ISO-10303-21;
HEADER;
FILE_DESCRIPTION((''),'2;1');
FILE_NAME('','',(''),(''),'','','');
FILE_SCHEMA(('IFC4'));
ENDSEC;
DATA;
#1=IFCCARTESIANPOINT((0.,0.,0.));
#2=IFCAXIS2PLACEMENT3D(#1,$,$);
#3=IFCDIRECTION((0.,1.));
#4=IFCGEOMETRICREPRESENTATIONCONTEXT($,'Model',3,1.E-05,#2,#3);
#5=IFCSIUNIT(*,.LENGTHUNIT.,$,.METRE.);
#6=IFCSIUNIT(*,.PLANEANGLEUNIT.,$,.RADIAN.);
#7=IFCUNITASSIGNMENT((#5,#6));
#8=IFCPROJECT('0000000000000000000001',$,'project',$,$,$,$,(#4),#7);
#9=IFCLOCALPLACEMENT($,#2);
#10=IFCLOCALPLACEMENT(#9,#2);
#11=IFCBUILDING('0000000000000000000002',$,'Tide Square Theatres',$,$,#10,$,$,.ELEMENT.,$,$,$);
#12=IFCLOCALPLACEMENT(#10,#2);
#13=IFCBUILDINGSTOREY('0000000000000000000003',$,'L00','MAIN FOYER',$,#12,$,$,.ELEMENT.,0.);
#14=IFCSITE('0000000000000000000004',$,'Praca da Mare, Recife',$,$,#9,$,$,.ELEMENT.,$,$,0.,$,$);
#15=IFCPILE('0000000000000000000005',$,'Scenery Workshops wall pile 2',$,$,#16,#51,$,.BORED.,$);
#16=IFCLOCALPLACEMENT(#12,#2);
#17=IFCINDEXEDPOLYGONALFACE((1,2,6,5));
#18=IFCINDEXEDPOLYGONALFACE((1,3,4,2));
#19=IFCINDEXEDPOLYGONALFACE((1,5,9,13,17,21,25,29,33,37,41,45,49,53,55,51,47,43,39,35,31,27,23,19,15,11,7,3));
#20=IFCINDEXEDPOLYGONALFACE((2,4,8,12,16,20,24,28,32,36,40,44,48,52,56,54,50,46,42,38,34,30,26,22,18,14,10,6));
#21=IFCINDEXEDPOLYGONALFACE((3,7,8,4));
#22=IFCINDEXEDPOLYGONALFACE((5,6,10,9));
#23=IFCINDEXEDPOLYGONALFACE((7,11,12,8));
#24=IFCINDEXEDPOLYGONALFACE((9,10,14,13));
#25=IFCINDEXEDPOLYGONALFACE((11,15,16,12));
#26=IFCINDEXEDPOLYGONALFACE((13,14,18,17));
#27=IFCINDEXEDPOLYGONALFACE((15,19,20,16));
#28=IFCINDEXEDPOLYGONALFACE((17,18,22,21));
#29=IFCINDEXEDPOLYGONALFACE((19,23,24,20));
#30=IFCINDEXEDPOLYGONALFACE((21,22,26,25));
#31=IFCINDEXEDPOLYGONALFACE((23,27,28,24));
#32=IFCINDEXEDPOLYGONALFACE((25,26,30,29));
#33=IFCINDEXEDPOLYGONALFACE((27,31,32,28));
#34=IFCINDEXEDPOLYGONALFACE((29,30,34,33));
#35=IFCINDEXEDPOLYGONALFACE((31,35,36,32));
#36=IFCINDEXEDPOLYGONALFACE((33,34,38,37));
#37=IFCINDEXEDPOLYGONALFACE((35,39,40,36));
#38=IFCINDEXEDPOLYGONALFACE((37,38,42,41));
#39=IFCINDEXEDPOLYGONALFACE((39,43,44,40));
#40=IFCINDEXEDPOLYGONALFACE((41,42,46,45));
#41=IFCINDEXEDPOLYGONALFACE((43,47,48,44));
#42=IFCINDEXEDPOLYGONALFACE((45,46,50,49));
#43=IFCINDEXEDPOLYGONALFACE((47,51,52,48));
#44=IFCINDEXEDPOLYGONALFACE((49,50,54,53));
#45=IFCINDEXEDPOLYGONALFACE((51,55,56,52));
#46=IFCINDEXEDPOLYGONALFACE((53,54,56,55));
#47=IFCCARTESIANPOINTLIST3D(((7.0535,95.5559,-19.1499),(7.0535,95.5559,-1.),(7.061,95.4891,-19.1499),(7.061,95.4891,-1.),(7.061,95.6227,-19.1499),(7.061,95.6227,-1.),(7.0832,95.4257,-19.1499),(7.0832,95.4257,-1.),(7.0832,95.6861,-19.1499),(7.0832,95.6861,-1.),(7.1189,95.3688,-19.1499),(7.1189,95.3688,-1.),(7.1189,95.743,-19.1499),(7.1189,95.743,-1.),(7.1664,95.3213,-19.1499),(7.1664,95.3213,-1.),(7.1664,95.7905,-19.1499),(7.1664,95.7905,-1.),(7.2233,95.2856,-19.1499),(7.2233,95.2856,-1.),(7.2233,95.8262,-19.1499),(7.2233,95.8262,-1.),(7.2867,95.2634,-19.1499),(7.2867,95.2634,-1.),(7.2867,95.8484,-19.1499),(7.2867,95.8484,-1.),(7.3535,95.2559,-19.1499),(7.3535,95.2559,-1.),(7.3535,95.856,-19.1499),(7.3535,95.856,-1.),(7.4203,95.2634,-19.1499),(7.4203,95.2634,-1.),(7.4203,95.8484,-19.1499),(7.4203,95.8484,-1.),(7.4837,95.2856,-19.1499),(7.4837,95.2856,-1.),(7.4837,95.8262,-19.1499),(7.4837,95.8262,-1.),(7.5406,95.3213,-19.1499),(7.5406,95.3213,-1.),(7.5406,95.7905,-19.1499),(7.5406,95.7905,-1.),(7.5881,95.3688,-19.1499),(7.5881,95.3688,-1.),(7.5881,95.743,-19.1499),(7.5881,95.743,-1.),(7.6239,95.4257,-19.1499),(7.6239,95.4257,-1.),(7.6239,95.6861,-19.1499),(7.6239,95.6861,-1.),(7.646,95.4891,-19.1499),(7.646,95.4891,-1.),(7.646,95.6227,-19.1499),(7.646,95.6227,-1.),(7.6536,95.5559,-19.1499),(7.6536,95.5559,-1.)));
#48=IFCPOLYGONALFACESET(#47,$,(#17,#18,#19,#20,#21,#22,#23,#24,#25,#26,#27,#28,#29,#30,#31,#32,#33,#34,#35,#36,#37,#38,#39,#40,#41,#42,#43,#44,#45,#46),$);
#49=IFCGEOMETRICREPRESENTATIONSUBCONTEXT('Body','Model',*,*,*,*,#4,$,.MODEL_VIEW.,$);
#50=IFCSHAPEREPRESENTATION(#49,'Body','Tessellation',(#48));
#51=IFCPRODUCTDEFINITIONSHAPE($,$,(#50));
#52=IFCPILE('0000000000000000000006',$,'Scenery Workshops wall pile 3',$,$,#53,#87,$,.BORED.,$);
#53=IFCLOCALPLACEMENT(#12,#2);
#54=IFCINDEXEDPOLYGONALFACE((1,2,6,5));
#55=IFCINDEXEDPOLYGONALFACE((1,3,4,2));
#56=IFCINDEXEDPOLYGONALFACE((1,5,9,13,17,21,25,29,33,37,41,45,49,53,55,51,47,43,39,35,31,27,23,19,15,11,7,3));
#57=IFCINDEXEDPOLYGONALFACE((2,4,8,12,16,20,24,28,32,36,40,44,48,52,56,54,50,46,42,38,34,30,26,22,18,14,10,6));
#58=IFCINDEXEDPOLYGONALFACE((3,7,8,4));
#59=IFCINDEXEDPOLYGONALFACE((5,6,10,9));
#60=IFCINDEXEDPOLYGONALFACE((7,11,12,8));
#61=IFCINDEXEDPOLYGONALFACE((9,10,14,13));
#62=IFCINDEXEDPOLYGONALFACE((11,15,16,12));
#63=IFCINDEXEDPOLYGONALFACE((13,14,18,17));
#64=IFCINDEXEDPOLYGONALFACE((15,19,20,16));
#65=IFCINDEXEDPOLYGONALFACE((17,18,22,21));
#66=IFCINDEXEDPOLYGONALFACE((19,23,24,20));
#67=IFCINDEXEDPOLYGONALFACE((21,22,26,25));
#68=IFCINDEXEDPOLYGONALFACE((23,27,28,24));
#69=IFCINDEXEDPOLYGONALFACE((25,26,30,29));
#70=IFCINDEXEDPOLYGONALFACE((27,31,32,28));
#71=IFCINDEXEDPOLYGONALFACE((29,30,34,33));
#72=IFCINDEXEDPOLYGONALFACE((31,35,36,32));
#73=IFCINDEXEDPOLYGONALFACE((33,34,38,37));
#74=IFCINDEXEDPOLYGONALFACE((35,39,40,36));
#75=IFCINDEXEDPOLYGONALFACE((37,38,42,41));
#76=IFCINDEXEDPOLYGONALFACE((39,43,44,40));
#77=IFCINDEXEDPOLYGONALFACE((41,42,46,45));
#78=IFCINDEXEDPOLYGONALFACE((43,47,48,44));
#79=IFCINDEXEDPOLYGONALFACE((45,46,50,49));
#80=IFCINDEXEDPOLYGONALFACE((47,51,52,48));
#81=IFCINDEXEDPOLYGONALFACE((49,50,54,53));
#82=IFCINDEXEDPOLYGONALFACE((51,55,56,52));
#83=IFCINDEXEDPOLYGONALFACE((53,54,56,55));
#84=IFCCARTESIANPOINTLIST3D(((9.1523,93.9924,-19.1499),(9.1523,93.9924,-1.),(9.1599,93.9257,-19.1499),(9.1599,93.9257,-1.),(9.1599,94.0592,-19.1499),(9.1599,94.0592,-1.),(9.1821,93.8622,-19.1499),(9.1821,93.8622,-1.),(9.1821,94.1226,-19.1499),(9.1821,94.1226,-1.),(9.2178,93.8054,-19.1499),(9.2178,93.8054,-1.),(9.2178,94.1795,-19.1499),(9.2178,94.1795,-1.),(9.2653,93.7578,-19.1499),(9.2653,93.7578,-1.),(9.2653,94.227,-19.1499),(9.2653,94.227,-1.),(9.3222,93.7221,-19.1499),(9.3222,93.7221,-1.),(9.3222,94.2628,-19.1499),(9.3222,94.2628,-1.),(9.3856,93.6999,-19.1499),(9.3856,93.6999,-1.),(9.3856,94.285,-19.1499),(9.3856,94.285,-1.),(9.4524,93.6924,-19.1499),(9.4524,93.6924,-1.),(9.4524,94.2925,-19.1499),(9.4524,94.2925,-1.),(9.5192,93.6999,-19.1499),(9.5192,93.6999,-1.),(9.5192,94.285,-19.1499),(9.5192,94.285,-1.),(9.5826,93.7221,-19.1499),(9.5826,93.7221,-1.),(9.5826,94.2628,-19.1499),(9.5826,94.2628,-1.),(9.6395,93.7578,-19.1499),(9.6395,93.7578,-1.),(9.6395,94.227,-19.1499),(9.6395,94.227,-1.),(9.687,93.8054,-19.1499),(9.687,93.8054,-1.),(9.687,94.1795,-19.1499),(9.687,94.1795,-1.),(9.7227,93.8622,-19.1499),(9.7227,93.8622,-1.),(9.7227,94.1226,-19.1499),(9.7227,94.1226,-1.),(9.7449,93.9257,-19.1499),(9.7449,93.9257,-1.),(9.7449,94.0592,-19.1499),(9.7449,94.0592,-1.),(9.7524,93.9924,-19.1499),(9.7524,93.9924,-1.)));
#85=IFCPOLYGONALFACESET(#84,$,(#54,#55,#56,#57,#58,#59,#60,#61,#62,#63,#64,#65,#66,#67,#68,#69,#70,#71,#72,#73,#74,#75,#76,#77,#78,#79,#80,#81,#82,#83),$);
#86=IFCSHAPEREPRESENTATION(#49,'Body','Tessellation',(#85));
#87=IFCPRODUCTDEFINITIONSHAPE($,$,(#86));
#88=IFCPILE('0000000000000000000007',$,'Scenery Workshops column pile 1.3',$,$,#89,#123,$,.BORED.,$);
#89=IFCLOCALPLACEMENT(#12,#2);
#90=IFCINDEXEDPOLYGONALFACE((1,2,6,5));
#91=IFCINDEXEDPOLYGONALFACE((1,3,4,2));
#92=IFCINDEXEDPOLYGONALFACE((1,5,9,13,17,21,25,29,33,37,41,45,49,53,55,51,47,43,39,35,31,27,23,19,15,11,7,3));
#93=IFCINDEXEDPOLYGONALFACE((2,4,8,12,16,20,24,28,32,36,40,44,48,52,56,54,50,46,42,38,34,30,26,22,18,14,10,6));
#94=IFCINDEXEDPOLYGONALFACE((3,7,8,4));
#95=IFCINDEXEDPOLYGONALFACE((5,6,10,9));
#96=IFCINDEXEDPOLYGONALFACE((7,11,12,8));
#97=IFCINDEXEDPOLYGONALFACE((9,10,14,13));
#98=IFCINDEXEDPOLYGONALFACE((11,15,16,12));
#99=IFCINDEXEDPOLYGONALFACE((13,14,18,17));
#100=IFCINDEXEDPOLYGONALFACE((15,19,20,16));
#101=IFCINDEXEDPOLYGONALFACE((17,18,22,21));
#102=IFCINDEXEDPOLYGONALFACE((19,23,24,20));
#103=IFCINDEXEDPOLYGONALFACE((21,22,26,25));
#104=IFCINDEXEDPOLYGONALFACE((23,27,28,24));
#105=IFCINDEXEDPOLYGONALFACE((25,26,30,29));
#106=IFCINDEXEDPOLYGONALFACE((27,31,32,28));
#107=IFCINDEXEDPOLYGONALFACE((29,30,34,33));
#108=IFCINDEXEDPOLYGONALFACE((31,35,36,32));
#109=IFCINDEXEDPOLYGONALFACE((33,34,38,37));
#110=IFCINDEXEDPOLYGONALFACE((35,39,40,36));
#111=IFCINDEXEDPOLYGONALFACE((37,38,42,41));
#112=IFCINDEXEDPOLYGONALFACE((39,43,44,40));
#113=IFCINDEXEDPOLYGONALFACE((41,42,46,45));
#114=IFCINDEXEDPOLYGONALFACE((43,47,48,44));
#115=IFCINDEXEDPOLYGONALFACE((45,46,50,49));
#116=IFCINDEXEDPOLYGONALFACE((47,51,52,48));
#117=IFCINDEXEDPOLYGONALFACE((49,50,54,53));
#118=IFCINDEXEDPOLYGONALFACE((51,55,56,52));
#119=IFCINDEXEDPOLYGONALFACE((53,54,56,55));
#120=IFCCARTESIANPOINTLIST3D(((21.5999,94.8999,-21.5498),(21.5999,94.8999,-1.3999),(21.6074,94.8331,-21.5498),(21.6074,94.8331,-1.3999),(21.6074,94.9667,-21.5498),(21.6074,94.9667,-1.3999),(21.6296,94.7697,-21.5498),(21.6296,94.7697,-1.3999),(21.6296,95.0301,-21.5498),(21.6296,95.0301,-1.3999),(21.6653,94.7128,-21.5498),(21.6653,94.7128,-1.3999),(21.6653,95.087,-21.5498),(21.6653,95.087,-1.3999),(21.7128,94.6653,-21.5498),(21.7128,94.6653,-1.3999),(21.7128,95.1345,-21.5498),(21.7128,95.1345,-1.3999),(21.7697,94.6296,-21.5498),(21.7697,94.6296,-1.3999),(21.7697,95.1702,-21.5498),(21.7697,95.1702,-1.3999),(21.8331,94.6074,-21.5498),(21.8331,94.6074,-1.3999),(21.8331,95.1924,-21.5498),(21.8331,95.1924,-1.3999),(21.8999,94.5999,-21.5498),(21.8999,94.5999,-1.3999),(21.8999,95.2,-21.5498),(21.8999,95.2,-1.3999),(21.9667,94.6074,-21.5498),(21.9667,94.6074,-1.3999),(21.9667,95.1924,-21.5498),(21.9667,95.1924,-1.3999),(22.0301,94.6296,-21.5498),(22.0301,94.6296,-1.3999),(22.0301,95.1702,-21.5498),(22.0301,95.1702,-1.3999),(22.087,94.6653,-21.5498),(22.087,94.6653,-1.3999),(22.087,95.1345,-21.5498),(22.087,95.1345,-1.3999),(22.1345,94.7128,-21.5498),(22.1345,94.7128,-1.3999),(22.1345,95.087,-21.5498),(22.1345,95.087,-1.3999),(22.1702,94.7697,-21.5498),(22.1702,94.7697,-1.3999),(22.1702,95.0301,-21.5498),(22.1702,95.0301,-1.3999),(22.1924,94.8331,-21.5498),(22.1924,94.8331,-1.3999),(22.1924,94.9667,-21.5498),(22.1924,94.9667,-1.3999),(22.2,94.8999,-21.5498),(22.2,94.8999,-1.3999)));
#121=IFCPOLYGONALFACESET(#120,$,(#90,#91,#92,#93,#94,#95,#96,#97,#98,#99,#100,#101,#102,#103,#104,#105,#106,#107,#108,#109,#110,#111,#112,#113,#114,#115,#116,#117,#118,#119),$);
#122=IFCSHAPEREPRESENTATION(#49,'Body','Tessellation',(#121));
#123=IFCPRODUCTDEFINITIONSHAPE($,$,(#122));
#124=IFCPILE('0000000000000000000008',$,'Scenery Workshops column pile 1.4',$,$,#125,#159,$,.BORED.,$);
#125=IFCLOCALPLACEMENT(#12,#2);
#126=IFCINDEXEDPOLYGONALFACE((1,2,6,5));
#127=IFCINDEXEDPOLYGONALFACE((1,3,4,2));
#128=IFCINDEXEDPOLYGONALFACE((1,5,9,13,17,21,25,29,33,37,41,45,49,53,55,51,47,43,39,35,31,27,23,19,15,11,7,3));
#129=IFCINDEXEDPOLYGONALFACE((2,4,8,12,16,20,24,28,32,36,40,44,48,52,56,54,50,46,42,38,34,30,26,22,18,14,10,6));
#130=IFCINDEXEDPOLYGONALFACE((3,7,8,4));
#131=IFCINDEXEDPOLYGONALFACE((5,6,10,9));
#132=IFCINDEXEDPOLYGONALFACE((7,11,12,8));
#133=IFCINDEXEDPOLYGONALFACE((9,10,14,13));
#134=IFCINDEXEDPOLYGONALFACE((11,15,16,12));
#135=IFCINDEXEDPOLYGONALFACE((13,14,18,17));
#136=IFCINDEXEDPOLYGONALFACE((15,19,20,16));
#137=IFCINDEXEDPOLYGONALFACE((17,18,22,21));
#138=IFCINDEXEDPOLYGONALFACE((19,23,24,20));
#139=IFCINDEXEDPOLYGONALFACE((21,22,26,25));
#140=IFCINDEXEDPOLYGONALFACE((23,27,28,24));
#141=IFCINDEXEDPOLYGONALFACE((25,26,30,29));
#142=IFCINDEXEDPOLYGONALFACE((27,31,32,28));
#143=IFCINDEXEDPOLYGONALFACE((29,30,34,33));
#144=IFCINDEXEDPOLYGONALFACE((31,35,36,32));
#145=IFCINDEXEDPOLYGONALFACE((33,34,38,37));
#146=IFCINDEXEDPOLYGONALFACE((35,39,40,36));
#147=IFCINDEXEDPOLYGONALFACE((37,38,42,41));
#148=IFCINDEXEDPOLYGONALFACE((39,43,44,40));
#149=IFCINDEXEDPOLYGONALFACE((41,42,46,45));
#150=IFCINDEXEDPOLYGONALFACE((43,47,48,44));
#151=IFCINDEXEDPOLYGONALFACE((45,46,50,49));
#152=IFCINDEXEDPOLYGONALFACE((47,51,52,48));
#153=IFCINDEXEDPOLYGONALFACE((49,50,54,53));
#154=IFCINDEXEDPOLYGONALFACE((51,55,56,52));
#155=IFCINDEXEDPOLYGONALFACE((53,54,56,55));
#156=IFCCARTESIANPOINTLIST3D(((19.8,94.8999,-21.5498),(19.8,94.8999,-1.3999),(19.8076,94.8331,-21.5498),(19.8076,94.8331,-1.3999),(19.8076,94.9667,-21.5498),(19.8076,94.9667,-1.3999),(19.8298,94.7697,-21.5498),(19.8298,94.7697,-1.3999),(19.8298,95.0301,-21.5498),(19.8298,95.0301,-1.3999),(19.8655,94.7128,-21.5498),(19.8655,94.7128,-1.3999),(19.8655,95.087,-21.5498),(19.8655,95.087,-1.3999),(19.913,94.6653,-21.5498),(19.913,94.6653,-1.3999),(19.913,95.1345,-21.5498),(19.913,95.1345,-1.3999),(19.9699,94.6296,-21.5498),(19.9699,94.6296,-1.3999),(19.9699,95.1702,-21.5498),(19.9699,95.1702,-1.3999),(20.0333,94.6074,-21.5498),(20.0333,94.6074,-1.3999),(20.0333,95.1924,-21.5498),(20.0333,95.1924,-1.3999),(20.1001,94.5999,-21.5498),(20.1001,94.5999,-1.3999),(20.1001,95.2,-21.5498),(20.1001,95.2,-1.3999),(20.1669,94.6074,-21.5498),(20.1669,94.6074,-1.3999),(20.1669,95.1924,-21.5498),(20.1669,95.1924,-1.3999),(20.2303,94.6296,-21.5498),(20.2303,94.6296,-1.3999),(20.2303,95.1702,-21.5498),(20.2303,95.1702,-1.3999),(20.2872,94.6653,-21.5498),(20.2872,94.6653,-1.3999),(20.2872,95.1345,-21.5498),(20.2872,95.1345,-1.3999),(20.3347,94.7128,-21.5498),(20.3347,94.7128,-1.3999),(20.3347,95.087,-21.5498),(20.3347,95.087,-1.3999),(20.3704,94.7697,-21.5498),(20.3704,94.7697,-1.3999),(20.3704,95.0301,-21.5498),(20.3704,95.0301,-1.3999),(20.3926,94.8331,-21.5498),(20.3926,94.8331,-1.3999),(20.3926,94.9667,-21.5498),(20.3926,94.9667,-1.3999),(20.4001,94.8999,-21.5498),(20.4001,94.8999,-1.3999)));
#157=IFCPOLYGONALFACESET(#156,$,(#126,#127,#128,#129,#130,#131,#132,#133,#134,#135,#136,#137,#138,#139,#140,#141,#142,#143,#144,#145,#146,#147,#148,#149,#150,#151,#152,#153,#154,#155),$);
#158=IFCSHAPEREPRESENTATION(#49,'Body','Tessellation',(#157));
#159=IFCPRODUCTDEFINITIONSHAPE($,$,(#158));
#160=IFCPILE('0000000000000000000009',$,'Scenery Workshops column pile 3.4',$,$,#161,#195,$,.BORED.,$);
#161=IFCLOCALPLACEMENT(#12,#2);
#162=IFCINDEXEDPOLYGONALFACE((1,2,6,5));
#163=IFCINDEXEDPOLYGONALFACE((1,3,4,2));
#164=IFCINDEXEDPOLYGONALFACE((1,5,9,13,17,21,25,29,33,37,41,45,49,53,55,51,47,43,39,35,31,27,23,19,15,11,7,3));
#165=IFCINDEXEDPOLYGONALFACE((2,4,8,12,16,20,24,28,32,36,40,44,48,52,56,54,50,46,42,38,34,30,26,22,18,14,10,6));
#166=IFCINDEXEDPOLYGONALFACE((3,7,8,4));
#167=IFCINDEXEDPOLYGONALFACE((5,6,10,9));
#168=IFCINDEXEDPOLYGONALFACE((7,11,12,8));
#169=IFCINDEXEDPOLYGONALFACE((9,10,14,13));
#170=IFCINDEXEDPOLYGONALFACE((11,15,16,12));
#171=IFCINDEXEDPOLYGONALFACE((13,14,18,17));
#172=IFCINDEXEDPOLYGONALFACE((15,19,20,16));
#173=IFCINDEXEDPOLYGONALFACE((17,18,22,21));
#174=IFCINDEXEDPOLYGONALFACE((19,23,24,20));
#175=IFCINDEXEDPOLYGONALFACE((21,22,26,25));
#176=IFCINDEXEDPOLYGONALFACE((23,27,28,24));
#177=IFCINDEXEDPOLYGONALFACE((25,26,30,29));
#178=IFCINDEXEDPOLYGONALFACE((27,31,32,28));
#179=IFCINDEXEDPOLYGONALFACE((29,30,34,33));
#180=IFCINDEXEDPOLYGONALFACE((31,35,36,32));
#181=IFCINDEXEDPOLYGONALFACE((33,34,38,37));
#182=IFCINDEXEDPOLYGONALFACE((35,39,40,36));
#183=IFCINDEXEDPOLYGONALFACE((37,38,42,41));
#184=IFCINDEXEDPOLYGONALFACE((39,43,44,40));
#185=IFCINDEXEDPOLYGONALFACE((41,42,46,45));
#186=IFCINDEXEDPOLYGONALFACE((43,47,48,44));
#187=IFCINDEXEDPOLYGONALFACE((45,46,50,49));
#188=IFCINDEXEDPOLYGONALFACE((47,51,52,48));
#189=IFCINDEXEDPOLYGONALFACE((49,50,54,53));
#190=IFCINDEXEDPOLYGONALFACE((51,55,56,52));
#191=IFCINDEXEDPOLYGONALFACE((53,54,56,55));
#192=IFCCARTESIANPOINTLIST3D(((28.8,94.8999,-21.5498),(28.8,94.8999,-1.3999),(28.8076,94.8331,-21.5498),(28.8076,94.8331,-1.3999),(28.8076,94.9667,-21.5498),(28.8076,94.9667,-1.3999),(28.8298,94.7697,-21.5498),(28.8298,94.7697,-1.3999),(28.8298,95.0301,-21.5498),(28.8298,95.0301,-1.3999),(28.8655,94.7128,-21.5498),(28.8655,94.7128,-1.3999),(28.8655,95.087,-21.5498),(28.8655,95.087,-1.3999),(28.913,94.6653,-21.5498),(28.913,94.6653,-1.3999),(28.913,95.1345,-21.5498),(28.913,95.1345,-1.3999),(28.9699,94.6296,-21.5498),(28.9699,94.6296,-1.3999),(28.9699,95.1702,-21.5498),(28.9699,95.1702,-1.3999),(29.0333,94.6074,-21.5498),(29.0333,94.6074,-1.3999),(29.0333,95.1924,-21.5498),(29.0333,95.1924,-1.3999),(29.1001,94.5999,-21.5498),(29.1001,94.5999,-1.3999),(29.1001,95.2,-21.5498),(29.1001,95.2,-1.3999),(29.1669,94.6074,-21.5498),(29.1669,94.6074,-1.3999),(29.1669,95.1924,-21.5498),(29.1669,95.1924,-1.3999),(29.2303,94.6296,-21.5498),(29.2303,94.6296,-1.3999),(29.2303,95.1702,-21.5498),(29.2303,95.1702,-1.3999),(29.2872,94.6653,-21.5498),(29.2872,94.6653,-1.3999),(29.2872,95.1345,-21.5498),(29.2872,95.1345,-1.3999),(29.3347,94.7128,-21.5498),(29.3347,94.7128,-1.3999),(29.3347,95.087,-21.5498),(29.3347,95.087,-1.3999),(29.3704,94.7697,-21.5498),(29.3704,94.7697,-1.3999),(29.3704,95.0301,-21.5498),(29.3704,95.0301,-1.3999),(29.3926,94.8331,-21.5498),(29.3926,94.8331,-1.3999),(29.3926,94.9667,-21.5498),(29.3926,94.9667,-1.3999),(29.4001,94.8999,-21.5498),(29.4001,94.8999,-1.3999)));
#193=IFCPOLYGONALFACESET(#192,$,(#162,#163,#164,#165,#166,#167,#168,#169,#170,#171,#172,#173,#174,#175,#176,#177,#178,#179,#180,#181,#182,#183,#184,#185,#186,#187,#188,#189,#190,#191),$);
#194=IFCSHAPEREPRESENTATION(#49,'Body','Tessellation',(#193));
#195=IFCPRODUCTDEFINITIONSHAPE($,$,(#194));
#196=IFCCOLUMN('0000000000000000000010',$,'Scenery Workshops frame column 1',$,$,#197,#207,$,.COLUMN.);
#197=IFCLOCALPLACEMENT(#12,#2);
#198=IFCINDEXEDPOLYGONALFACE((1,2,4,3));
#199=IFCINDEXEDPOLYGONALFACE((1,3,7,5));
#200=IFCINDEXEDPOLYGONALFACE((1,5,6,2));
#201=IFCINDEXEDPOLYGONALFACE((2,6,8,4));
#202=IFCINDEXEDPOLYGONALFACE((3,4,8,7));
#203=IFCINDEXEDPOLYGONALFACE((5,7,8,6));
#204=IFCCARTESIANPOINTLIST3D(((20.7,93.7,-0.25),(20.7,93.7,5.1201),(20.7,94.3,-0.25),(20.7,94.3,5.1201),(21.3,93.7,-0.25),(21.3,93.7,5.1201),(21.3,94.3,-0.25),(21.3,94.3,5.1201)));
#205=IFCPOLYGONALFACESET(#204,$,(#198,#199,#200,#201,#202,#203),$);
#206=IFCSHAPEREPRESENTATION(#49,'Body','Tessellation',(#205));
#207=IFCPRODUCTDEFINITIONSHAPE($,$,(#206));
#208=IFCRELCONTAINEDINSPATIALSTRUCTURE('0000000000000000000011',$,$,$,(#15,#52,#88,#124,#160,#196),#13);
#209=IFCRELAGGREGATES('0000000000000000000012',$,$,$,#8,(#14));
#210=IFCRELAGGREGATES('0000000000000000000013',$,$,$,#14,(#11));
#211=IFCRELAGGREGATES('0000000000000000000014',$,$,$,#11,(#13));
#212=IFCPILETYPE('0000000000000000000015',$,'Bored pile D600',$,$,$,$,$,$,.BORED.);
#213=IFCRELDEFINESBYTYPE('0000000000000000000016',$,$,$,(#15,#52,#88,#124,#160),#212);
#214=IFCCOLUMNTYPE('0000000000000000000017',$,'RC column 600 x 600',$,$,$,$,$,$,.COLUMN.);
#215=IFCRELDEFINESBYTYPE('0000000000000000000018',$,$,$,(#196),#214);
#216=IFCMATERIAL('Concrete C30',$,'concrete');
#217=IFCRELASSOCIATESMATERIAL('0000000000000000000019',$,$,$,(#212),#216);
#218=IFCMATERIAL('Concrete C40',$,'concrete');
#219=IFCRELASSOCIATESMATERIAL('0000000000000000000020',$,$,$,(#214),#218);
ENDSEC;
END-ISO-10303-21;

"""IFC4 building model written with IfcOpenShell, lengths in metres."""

from ifc_helpers import new_model, si_unit, direction, frame, origin, origin_2d, place, context, subcontext, project, spatial, rectangle, circle, extrude, material, material_profile, profile_set, type_object, element, save


model = new_model("IFC4")

# Units and contexts
model_context = context("Model", 3, precision=1e-05, world=origin(), true_north=direction((0.0, 1.0)))
body_context = subcontext(model_context, "Body", "Model", "MODEL_VIEW")
ifc_project = project(units=[si_unit("LENGTHUNIT", "METRE"), si_unit("PLANEANGLEUNIT", "RADIAN")], contexts=[model_context])

# Site, building, storey
site_placement = place(None, origin())
site = spatial("IfcSite", under=ifc_project, at=site_placement, Name="Praca da Mare, Recife", CompositionType="ELEMENT", RefElevation=0.0)
building_placement = place(site_placement, origin())
building = spatial("IfcBuilding", under=site, at=building_placement, Name="Tide Square Theatres", CompositionType="ELEMENT")
storey_placement = place(building_placement, origin())
storey = spatial("IfcBuildingStorey", under=building, at=storey_placement, Name="L00", Description="MAIN FOYER", CompositionType="ELEMENT", Elevation=0.0)

# Piles
ifc_material_1 = material(Name="Concrete C30", Category="concrete")
ifc_material_profile_1 = material_profile(ifc_material_1, circle(Radius=0.3, at=origin_2d()))
ifc_profile_set_1 = profile_set([ifc_material_profile_1], Name="Concrete C30")
pile_type = type_object("IfcPileType", Name="Bored pile D600", PredefinedType="BORED", material=ifc_profile_set_1)
for number, where, z_axis, x_axis, name in (
    (1, (7.3535, 95.5559, -1.0), (0.0, 0.0, -1.0), (1.0, 0.0, 0.0), "Scenery Workshops wall pile 2"),
    (2, (9.4524, 93.9924, -1.0), (0.0, 0.0, -1.0), (1.0, 0.0, 0.0), "Scenery Workshops wall pile 3"),
):
    element("IfcPile", number, at=place(storey_placement, frame(where, z_axis=z_axis, x_axis=x_axis)), inside=storey, type_object=pile_type, Name=name, PredefinedType="BORED", context=body_context, shape_type="SweptSolid", body=[
        extrude(circle(Radius=0.3, at=origin_2d()), origin(), (0.0, 0.0, 1.0), 18.1499),
    ])
for number, where, z_axis, x_axis, name in (
    (3, (21.8999, 94.8999, -1.3999), (0.0, 0.0, -1.0), (1.0, 0.0, 0.0), "Scenery Workshops column pile 1.3"),
    (4, (20.1001, 94.8999, -1.3999), (0.0, 0.0, -1.0), (1.0, 0.0, 0.0), "Scenery Workshops column pile 1.4"),
    (5, (29.1001, 94.8999, -1.3999), (0.0, 0.0, -1.0), (1.0, 0.0, 0.0), "Scenery Workshops column pile 3.4"),
):
    element("IfcPile", number, at=place(storey_placement, frame(where, z_axis=z_axis, x_axis=x_axis)), inside=storey, type_object=pile_type, Name=name, PredefinedType="BORED", context=body_context, shape_type="SweptSolid", body=[
        extrude(circle(Radius=0.3, at=origin_2d()), origin(), (0.0, 0.0, 1.0), 20.1499),
    ])

# Column
ifc_material_2 = material(Name="Concrete C40", Category="concrete")
ifc_material_profile_2 = material_profile(ifc_material_2, rectangle(XDim=0.6001, YDim=0.6001, at=origin_2d()))
ifc_profile_set_2 = profile_set([ifc_material_profile_2], Name="Concrete C40")
column_type_1 = type_object("IfcColumnType", Name="RC column 600 x 600", PredefinedType="COLUMN", material=ifc_profile_set_2)
for number, where, z_axis, x_axis, name in (
    (6, (21.0, 94.0, -0.25), (0.0, 0.0, 1.0), (1.0, 0.0, 0.0), "Scenery Workshops frame column 1"),
):
    element("IfcColumn", number, at=place(storey_placement, frame(where, z_axis=z_axis, x_axis=x_axis)), inside=storey, type_object=column_type_1, Name=name, PredefinedType="COLUMN", context=body_context, shape_type="SweptSolid", body=[
        extrude(rectangle(XDim=0.6001, YDim=0.6001, at=origin_2d()), origin(), (0.0, 0.0, 1.0), 5.3701),
    ])

save(model, "model.ifc")
